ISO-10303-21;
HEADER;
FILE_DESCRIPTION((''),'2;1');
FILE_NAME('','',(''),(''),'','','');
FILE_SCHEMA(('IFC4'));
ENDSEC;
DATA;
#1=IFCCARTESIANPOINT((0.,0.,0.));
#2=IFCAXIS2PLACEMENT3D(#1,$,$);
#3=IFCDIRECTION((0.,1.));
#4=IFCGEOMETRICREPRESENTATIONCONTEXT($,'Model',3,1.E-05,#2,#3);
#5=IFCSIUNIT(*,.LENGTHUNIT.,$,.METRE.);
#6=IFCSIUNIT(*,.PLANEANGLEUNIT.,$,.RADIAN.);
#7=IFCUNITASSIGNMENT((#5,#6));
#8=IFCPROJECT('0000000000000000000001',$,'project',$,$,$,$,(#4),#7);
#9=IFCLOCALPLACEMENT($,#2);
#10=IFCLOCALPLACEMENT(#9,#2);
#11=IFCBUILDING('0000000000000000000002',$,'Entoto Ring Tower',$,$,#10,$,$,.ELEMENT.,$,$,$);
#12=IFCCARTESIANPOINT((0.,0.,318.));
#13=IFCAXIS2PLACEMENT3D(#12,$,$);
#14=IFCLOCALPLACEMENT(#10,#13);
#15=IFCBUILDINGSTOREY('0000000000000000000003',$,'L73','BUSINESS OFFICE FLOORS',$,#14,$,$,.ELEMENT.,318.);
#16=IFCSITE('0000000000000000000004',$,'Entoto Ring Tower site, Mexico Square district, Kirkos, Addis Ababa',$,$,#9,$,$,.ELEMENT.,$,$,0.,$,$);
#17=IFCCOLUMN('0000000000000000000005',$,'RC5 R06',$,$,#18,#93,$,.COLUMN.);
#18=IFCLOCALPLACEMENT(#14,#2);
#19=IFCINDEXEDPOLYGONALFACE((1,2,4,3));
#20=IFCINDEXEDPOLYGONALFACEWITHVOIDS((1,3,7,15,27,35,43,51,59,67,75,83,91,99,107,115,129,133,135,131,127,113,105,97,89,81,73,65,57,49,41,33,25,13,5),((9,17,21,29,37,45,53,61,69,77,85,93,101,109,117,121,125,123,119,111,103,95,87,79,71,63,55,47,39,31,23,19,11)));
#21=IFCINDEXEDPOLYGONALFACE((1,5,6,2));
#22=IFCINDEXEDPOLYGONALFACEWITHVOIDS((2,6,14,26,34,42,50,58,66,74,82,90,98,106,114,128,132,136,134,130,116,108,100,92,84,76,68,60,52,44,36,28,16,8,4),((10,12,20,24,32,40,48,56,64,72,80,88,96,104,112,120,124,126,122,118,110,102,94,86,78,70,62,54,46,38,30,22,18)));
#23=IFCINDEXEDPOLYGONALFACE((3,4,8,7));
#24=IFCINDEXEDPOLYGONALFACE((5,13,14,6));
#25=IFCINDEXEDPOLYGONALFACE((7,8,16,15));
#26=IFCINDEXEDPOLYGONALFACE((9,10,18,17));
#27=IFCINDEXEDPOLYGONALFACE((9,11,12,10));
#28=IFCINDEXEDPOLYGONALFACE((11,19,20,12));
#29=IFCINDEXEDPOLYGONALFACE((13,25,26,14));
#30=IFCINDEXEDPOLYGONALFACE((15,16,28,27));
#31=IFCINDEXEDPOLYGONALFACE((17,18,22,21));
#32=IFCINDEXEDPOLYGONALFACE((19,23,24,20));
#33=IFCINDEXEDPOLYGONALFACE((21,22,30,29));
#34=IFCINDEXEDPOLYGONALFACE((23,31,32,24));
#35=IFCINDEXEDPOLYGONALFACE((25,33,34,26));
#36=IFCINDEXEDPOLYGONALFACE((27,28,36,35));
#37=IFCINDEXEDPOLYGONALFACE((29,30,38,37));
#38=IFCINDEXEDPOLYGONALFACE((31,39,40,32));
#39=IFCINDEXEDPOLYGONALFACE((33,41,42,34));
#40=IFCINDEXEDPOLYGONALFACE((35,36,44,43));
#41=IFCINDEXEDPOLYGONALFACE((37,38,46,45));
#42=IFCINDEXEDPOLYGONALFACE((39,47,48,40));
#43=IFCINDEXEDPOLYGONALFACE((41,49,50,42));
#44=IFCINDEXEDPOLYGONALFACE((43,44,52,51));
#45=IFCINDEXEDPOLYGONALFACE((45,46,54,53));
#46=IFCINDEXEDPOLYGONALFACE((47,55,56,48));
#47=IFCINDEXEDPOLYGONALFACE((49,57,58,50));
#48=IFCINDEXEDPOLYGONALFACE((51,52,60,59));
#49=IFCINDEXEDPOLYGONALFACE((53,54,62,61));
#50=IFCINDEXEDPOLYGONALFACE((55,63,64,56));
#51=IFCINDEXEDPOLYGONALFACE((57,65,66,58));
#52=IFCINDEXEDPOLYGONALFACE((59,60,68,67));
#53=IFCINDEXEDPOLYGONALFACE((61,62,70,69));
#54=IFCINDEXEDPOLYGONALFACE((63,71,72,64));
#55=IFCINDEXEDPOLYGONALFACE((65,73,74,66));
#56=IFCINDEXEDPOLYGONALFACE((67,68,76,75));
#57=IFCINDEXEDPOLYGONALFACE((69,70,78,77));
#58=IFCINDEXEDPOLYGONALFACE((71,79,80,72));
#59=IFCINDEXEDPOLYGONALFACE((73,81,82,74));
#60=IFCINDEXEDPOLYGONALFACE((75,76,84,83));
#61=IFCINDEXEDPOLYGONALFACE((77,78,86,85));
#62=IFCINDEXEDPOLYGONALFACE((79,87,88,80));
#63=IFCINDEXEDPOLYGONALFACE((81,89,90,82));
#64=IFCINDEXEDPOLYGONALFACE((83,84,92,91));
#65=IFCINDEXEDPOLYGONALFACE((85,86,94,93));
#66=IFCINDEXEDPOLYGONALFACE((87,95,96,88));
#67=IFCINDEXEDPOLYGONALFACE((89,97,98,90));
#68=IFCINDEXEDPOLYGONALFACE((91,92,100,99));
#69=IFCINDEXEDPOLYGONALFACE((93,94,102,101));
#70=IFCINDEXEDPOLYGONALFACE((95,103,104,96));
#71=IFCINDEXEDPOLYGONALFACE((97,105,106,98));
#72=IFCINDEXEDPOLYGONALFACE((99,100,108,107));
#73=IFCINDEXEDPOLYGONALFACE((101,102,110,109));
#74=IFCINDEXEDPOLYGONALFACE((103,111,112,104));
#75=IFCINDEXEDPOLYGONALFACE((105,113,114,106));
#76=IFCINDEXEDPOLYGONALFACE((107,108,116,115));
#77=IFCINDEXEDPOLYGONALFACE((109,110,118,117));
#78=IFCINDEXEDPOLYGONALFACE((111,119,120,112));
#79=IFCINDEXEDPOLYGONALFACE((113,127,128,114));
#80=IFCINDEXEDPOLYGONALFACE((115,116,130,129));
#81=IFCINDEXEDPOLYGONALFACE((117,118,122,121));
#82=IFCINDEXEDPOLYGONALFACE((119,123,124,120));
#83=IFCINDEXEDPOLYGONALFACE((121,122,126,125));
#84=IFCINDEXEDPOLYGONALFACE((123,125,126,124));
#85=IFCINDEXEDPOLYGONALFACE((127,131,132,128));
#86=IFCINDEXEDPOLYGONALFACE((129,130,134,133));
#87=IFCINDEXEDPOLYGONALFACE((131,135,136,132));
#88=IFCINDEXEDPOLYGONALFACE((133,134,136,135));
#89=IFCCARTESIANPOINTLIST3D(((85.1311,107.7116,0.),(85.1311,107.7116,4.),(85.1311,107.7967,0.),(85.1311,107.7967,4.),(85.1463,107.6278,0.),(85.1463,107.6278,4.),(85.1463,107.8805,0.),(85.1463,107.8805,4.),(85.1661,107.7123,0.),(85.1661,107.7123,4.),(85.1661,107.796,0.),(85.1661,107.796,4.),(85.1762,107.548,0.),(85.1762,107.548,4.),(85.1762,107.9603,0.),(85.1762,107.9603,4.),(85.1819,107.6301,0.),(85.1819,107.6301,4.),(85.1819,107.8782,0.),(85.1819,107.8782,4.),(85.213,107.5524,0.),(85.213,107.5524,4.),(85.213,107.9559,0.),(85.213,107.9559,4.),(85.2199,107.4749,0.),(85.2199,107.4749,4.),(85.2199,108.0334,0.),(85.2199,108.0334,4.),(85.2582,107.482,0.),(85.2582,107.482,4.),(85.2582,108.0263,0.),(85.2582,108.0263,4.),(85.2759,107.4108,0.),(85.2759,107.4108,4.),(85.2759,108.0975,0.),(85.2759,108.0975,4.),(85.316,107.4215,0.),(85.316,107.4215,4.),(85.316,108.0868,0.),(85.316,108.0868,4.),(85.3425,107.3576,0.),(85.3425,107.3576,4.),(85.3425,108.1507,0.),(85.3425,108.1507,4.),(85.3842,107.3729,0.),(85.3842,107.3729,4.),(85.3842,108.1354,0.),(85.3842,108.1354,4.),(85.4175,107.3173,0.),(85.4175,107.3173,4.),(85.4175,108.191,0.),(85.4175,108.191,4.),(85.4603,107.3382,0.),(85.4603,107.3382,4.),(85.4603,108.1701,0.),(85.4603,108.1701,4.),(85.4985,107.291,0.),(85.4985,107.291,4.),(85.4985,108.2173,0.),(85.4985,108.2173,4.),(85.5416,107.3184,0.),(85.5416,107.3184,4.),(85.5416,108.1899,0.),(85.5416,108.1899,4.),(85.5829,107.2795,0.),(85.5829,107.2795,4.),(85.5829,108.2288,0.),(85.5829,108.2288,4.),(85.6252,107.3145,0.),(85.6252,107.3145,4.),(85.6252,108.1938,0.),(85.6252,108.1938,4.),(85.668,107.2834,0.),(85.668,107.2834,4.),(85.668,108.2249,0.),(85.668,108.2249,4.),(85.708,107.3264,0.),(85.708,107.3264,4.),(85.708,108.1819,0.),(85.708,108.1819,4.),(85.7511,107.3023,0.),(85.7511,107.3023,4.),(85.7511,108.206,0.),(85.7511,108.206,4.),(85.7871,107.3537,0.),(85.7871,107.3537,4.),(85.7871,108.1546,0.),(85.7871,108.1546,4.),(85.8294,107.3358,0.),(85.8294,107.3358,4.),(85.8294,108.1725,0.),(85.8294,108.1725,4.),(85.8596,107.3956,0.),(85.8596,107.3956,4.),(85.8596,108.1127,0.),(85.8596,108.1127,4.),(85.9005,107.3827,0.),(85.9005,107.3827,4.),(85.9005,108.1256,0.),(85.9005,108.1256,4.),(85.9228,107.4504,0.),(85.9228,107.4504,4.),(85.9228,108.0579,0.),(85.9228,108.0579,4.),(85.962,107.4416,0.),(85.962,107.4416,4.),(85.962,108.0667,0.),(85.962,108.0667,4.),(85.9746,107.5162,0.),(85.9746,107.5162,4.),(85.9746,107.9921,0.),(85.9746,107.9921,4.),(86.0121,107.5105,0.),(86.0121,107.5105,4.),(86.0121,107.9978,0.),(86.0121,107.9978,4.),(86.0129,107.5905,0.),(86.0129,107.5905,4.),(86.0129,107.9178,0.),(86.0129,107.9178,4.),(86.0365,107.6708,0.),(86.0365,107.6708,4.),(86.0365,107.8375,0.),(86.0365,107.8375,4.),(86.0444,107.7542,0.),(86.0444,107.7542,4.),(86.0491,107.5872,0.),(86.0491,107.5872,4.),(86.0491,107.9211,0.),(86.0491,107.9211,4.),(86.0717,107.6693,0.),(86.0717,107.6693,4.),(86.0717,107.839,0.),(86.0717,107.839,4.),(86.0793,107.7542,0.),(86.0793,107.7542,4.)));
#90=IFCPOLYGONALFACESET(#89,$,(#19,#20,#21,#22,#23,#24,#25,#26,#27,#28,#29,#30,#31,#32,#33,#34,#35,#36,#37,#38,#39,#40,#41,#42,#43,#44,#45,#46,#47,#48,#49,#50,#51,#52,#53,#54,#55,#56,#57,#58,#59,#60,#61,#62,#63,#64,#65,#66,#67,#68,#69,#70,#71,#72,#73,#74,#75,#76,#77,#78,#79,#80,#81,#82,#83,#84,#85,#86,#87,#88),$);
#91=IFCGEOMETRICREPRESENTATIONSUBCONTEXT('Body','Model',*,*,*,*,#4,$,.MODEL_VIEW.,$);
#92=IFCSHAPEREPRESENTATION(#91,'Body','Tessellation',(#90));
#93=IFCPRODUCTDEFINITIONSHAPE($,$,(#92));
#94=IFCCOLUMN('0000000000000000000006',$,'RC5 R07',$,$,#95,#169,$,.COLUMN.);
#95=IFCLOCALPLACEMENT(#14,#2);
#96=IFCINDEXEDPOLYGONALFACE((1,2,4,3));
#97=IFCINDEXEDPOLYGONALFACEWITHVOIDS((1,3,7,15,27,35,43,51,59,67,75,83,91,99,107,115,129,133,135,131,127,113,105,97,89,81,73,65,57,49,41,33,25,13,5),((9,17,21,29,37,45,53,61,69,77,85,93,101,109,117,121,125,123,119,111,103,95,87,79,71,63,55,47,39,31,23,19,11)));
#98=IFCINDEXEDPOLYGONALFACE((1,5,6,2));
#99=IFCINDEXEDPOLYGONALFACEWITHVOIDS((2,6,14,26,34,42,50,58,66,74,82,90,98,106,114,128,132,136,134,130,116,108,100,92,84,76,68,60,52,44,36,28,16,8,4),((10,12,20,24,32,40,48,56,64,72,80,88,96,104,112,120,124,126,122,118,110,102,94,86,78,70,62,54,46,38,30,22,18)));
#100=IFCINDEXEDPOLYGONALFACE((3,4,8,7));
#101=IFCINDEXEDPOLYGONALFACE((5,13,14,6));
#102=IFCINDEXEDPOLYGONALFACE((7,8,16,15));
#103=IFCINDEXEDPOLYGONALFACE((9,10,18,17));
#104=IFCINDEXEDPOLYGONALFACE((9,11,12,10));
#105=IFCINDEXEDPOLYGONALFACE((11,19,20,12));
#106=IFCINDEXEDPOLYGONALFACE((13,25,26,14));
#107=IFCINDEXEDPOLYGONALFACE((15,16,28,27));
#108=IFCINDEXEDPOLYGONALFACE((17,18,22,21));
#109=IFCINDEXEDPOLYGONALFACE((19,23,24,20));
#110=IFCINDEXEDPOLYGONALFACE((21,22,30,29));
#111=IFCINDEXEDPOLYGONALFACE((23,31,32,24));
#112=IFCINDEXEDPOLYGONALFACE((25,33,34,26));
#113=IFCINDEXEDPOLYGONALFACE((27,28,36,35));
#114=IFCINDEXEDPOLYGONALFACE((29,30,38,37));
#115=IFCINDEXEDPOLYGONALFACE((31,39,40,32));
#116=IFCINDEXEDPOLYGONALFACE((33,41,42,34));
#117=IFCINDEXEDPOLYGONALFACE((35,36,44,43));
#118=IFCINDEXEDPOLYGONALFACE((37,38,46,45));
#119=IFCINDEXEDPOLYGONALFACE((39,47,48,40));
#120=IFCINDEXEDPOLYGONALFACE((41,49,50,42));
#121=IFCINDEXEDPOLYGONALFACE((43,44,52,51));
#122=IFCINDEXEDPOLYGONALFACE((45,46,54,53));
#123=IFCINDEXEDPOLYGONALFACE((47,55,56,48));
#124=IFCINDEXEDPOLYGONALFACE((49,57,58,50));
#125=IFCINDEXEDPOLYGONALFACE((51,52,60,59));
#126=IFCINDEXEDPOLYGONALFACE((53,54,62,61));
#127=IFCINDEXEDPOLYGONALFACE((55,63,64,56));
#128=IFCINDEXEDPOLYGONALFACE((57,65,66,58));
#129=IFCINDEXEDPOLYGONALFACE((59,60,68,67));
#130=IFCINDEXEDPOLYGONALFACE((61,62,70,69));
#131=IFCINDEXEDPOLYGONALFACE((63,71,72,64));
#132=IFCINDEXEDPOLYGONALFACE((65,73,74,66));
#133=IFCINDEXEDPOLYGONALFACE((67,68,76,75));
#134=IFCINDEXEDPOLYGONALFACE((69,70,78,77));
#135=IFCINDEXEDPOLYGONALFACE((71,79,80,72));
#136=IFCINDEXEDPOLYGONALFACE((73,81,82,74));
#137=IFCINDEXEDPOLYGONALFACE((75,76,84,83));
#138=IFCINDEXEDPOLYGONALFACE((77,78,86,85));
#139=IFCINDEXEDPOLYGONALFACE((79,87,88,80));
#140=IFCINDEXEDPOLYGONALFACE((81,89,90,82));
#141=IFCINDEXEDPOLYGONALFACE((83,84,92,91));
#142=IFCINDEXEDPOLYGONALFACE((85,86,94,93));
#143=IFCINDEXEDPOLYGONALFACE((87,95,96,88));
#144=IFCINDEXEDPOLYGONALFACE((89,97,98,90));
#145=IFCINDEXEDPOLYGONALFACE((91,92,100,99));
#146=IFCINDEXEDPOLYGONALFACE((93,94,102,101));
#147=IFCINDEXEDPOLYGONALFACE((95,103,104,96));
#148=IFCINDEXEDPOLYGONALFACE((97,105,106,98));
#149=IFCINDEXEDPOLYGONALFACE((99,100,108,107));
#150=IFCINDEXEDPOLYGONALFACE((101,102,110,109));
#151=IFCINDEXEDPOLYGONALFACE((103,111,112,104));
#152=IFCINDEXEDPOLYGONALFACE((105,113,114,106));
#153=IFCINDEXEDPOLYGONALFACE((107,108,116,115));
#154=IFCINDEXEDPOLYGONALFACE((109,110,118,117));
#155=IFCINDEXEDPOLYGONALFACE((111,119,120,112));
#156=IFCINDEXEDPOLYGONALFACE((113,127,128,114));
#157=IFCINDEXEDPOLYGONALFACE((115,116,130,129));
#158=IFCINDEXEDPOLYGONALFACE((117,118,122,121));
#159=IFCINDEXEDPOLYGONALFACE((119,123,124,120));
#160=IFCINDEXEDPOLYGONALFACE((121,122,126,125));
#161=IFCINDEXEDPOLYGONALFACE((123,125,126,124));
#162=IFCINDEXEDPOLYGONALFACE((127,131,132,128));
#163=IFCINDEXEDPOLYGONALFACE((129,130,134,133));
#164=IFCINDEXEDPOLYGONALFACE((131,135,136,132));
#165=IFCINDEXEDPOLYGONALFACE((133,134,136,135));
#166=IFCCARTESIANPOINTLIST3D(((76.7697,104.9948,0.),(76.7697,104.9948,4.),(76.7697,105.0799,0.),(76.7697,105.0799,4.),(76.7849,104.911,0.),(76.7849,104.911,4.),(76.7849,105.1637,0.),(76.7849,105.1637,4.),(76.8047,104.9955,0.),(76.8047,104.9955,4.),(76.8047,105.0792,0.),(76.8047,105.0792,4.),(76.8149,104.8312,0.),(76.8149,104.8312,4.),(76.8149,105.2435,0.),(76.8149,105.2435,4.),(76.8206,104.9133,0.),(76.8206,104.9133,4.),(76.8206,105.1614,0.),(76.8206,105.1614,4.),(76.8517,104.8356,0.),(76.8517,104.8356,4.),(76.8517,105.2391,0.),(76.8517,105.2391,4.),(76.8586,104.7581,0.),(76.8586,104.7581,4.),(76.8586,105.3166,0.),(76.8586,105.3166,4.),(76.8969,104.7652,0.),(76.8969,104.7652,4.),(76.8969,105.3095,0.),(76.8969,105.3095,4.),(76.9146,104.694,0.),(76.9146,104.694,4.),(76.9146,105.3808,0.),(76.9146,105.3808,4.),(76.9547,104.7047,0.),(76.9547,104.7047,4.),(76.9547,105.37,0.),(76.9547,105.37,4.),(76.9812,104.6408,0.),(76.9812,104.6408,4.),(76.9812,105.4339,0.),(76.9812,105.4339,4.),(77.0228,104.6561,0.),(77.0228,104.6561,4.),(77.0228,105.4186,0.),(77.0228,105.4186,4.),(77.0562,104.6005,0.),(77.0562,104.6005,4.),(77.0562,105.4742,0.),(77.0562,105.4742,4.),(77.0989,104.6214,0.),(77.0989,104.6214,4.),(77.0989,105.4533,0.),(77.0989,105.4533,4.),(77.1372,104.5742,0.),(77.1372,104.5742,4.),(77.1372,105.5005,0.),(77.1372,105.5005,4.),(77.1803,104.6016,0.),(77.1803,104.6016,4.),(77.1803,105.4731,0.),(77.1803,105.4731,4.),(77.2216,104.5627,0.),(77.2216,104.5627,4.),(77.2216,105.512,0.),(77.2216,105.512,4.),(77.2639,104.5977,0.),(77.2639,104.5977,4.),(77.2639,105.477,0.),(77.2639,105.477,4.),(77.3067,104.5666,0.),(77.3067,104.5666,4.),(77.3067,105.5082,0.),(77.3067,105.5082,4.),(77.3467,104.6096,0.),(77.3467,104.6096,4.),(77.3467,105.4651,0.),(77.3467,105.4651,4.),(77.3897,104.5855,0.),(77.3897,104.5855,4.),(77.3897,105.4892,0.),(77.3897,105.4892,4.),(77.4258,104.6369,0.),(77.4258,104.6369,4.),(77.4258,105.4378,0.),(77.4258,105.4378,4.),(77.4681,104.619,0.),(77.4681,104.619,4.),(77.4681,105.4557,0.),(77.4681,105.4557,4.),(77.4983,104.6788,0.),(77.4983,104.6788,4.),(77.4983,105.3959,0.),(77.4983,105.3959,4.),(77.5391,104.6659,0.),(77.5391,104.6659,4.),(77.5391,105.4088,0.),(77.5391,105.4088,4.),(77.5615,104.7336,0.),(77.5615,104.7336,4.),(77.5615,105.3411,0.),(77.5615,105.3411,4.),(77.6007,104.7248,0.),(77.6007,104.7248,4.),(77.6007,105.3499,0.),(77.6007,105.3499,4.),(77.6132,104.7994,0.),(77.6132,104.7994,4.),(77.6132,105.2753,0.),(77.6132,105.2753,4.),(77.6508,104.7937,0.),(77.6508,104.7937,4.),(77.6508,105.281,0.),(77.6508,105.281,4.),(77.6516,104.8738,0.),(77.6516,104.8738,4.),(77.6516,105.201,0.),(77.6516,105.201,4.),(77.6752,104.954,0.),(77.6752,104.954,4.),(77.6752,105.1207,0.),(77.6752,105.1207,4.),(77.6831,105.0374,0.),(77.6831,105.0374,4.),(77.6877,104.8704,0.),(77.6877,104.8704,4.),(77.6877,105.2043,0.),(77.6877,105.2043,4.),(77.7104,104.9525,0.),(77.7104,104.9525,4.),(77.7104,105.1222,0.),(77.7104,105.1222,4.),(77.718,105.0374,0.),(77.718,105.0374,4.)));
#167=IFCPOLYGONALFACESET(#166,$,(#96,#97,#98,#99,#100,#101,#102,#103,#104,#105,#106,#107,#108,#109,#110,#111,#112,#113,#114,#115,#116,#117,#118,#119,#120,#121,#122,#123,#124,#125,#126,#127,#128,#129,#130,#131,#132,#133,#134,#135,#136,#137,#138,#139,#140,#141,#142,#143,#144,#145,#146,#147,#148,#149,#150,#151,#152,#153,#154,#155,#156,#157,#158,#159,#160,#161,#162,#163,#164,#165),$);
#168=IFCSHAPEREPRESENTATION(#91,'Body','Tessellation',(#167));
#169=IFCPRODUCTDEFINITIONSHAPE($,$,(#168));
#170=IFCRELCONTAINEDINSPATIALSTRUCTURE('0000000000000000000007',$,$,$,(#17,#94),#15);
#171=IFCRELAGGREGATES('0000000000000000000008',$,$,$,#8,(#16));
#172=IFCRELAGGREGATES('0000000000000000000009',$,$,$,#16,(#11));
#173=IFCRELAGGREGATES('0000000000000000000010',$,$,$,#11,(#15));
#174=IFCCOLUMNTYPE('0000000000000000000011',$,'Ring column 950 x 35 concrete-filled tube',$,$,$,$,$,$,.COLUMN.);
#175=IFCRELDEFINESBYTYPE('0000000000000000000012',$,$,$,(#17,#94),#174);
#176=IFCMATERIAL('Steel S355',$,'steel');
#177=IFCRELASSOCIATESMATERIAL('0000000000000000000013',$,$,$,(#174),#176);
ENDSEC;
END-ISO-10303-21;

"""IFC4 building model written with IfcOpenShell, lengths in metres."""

from ifc_helpers import new_model, si_unit, direction, frame, origin, origin_2d, place, context, subcontext, project, spatial, circle, hollow_circle, extrude, material, material_profile, profile_set, type_object, element, save


model = new_model("IFC4")

# Units and contexts
model_context = context("Model", 3, precision=1e-05, world=origin(), true_north=direction((0.0, 1.0)))
body_context = subcontext(model_context, "Body", "Model", "MODEL_VIEW")
ifc_project = project(units=[si_unit("LENGTHUNIT", "METRE"), si_unit("PLANEANGLEUNIT", "RADIAN")], contexts=[model_context])

# Site, building, storey
site_placement = place(None, origin())
site = spatial("IfcSite", under=ifc_project, at=site_placement, Name="Entoto Ring Tower site, Mexico Square district, Kirkos, Addis Ababa", CompositionType="ELEMENT", RefElevation=0.0)
building_placement = place(site_placement, origin())
building = spatial("IfcBuilding", under=site, at=building_placement, Name="Entoto Ring Tower", CompositionType="ELEMENT")
storey_placement = place(building_placement, frame((0.0, 0.0, 318.0)))
storey = spatial("IfcBuildingStorey", under=building, at=storey_placement, Name="L73", Description="BUSINESS OFFICE FLOORS", CompositionType="ELEMENT", Elevation=318.0)

# Columns
ifc_material_1 = material(Name="Steel S355", Category="steel")
ifc_material_profile_1 = material_profile(ifc_material_1, hollow_circle(Radius=0.4751, WallThickness=0.0349, at=origin_2d()), Name="CHS 950 x 35")
ifc_material_2 = material(Name="Concrete C60/75", Category="concrete")
ifc_material_profile_2 = material_profile(ifc_material_2, circle(Radius=0.4399, at=origin_2d()), Name="Concrete C60/75 infill")
ifc_profile_set_1 = profile_set([ifc_material_profile_1, ifc_material_profile_2], Name="Steel S355")
column_type = type_object("IfcColumnType", Name="Ring column 950 x 35 concrete-filled tube", PredefinedType="COLUMN", material=ifc_profile_set_1)
for number, where, z_axis, x_axis, name in (
    (1, (85.6042, 107.7542, 0.0), (0.0, 0.0, 1.0), (1.0, 0.0, 0.0), "RC5 R06"),
    (2, (77.2429, 105.0374, 0.0), (0.0, 0.0, 1.0), (1.0, 0.0, 0.0), "RC5 R07"),
):
    element("IfcColumn", number, at=place(storey_placement, frame(where, z_axis=z_axis, x_axis=x_axis)), inside=storey, type_object=column_type, Name=name, PredefinedType="COLUMN", context=body_context, shape_type="SweptSolid", body=[
        extrude(hollow_circle(Radius=0.4751, WallThickness=0.0349, at=origin_2d()), origin(), (0.0, 0.0, 1.0), 4.0),
    ])

save(model, "model.ifc")
